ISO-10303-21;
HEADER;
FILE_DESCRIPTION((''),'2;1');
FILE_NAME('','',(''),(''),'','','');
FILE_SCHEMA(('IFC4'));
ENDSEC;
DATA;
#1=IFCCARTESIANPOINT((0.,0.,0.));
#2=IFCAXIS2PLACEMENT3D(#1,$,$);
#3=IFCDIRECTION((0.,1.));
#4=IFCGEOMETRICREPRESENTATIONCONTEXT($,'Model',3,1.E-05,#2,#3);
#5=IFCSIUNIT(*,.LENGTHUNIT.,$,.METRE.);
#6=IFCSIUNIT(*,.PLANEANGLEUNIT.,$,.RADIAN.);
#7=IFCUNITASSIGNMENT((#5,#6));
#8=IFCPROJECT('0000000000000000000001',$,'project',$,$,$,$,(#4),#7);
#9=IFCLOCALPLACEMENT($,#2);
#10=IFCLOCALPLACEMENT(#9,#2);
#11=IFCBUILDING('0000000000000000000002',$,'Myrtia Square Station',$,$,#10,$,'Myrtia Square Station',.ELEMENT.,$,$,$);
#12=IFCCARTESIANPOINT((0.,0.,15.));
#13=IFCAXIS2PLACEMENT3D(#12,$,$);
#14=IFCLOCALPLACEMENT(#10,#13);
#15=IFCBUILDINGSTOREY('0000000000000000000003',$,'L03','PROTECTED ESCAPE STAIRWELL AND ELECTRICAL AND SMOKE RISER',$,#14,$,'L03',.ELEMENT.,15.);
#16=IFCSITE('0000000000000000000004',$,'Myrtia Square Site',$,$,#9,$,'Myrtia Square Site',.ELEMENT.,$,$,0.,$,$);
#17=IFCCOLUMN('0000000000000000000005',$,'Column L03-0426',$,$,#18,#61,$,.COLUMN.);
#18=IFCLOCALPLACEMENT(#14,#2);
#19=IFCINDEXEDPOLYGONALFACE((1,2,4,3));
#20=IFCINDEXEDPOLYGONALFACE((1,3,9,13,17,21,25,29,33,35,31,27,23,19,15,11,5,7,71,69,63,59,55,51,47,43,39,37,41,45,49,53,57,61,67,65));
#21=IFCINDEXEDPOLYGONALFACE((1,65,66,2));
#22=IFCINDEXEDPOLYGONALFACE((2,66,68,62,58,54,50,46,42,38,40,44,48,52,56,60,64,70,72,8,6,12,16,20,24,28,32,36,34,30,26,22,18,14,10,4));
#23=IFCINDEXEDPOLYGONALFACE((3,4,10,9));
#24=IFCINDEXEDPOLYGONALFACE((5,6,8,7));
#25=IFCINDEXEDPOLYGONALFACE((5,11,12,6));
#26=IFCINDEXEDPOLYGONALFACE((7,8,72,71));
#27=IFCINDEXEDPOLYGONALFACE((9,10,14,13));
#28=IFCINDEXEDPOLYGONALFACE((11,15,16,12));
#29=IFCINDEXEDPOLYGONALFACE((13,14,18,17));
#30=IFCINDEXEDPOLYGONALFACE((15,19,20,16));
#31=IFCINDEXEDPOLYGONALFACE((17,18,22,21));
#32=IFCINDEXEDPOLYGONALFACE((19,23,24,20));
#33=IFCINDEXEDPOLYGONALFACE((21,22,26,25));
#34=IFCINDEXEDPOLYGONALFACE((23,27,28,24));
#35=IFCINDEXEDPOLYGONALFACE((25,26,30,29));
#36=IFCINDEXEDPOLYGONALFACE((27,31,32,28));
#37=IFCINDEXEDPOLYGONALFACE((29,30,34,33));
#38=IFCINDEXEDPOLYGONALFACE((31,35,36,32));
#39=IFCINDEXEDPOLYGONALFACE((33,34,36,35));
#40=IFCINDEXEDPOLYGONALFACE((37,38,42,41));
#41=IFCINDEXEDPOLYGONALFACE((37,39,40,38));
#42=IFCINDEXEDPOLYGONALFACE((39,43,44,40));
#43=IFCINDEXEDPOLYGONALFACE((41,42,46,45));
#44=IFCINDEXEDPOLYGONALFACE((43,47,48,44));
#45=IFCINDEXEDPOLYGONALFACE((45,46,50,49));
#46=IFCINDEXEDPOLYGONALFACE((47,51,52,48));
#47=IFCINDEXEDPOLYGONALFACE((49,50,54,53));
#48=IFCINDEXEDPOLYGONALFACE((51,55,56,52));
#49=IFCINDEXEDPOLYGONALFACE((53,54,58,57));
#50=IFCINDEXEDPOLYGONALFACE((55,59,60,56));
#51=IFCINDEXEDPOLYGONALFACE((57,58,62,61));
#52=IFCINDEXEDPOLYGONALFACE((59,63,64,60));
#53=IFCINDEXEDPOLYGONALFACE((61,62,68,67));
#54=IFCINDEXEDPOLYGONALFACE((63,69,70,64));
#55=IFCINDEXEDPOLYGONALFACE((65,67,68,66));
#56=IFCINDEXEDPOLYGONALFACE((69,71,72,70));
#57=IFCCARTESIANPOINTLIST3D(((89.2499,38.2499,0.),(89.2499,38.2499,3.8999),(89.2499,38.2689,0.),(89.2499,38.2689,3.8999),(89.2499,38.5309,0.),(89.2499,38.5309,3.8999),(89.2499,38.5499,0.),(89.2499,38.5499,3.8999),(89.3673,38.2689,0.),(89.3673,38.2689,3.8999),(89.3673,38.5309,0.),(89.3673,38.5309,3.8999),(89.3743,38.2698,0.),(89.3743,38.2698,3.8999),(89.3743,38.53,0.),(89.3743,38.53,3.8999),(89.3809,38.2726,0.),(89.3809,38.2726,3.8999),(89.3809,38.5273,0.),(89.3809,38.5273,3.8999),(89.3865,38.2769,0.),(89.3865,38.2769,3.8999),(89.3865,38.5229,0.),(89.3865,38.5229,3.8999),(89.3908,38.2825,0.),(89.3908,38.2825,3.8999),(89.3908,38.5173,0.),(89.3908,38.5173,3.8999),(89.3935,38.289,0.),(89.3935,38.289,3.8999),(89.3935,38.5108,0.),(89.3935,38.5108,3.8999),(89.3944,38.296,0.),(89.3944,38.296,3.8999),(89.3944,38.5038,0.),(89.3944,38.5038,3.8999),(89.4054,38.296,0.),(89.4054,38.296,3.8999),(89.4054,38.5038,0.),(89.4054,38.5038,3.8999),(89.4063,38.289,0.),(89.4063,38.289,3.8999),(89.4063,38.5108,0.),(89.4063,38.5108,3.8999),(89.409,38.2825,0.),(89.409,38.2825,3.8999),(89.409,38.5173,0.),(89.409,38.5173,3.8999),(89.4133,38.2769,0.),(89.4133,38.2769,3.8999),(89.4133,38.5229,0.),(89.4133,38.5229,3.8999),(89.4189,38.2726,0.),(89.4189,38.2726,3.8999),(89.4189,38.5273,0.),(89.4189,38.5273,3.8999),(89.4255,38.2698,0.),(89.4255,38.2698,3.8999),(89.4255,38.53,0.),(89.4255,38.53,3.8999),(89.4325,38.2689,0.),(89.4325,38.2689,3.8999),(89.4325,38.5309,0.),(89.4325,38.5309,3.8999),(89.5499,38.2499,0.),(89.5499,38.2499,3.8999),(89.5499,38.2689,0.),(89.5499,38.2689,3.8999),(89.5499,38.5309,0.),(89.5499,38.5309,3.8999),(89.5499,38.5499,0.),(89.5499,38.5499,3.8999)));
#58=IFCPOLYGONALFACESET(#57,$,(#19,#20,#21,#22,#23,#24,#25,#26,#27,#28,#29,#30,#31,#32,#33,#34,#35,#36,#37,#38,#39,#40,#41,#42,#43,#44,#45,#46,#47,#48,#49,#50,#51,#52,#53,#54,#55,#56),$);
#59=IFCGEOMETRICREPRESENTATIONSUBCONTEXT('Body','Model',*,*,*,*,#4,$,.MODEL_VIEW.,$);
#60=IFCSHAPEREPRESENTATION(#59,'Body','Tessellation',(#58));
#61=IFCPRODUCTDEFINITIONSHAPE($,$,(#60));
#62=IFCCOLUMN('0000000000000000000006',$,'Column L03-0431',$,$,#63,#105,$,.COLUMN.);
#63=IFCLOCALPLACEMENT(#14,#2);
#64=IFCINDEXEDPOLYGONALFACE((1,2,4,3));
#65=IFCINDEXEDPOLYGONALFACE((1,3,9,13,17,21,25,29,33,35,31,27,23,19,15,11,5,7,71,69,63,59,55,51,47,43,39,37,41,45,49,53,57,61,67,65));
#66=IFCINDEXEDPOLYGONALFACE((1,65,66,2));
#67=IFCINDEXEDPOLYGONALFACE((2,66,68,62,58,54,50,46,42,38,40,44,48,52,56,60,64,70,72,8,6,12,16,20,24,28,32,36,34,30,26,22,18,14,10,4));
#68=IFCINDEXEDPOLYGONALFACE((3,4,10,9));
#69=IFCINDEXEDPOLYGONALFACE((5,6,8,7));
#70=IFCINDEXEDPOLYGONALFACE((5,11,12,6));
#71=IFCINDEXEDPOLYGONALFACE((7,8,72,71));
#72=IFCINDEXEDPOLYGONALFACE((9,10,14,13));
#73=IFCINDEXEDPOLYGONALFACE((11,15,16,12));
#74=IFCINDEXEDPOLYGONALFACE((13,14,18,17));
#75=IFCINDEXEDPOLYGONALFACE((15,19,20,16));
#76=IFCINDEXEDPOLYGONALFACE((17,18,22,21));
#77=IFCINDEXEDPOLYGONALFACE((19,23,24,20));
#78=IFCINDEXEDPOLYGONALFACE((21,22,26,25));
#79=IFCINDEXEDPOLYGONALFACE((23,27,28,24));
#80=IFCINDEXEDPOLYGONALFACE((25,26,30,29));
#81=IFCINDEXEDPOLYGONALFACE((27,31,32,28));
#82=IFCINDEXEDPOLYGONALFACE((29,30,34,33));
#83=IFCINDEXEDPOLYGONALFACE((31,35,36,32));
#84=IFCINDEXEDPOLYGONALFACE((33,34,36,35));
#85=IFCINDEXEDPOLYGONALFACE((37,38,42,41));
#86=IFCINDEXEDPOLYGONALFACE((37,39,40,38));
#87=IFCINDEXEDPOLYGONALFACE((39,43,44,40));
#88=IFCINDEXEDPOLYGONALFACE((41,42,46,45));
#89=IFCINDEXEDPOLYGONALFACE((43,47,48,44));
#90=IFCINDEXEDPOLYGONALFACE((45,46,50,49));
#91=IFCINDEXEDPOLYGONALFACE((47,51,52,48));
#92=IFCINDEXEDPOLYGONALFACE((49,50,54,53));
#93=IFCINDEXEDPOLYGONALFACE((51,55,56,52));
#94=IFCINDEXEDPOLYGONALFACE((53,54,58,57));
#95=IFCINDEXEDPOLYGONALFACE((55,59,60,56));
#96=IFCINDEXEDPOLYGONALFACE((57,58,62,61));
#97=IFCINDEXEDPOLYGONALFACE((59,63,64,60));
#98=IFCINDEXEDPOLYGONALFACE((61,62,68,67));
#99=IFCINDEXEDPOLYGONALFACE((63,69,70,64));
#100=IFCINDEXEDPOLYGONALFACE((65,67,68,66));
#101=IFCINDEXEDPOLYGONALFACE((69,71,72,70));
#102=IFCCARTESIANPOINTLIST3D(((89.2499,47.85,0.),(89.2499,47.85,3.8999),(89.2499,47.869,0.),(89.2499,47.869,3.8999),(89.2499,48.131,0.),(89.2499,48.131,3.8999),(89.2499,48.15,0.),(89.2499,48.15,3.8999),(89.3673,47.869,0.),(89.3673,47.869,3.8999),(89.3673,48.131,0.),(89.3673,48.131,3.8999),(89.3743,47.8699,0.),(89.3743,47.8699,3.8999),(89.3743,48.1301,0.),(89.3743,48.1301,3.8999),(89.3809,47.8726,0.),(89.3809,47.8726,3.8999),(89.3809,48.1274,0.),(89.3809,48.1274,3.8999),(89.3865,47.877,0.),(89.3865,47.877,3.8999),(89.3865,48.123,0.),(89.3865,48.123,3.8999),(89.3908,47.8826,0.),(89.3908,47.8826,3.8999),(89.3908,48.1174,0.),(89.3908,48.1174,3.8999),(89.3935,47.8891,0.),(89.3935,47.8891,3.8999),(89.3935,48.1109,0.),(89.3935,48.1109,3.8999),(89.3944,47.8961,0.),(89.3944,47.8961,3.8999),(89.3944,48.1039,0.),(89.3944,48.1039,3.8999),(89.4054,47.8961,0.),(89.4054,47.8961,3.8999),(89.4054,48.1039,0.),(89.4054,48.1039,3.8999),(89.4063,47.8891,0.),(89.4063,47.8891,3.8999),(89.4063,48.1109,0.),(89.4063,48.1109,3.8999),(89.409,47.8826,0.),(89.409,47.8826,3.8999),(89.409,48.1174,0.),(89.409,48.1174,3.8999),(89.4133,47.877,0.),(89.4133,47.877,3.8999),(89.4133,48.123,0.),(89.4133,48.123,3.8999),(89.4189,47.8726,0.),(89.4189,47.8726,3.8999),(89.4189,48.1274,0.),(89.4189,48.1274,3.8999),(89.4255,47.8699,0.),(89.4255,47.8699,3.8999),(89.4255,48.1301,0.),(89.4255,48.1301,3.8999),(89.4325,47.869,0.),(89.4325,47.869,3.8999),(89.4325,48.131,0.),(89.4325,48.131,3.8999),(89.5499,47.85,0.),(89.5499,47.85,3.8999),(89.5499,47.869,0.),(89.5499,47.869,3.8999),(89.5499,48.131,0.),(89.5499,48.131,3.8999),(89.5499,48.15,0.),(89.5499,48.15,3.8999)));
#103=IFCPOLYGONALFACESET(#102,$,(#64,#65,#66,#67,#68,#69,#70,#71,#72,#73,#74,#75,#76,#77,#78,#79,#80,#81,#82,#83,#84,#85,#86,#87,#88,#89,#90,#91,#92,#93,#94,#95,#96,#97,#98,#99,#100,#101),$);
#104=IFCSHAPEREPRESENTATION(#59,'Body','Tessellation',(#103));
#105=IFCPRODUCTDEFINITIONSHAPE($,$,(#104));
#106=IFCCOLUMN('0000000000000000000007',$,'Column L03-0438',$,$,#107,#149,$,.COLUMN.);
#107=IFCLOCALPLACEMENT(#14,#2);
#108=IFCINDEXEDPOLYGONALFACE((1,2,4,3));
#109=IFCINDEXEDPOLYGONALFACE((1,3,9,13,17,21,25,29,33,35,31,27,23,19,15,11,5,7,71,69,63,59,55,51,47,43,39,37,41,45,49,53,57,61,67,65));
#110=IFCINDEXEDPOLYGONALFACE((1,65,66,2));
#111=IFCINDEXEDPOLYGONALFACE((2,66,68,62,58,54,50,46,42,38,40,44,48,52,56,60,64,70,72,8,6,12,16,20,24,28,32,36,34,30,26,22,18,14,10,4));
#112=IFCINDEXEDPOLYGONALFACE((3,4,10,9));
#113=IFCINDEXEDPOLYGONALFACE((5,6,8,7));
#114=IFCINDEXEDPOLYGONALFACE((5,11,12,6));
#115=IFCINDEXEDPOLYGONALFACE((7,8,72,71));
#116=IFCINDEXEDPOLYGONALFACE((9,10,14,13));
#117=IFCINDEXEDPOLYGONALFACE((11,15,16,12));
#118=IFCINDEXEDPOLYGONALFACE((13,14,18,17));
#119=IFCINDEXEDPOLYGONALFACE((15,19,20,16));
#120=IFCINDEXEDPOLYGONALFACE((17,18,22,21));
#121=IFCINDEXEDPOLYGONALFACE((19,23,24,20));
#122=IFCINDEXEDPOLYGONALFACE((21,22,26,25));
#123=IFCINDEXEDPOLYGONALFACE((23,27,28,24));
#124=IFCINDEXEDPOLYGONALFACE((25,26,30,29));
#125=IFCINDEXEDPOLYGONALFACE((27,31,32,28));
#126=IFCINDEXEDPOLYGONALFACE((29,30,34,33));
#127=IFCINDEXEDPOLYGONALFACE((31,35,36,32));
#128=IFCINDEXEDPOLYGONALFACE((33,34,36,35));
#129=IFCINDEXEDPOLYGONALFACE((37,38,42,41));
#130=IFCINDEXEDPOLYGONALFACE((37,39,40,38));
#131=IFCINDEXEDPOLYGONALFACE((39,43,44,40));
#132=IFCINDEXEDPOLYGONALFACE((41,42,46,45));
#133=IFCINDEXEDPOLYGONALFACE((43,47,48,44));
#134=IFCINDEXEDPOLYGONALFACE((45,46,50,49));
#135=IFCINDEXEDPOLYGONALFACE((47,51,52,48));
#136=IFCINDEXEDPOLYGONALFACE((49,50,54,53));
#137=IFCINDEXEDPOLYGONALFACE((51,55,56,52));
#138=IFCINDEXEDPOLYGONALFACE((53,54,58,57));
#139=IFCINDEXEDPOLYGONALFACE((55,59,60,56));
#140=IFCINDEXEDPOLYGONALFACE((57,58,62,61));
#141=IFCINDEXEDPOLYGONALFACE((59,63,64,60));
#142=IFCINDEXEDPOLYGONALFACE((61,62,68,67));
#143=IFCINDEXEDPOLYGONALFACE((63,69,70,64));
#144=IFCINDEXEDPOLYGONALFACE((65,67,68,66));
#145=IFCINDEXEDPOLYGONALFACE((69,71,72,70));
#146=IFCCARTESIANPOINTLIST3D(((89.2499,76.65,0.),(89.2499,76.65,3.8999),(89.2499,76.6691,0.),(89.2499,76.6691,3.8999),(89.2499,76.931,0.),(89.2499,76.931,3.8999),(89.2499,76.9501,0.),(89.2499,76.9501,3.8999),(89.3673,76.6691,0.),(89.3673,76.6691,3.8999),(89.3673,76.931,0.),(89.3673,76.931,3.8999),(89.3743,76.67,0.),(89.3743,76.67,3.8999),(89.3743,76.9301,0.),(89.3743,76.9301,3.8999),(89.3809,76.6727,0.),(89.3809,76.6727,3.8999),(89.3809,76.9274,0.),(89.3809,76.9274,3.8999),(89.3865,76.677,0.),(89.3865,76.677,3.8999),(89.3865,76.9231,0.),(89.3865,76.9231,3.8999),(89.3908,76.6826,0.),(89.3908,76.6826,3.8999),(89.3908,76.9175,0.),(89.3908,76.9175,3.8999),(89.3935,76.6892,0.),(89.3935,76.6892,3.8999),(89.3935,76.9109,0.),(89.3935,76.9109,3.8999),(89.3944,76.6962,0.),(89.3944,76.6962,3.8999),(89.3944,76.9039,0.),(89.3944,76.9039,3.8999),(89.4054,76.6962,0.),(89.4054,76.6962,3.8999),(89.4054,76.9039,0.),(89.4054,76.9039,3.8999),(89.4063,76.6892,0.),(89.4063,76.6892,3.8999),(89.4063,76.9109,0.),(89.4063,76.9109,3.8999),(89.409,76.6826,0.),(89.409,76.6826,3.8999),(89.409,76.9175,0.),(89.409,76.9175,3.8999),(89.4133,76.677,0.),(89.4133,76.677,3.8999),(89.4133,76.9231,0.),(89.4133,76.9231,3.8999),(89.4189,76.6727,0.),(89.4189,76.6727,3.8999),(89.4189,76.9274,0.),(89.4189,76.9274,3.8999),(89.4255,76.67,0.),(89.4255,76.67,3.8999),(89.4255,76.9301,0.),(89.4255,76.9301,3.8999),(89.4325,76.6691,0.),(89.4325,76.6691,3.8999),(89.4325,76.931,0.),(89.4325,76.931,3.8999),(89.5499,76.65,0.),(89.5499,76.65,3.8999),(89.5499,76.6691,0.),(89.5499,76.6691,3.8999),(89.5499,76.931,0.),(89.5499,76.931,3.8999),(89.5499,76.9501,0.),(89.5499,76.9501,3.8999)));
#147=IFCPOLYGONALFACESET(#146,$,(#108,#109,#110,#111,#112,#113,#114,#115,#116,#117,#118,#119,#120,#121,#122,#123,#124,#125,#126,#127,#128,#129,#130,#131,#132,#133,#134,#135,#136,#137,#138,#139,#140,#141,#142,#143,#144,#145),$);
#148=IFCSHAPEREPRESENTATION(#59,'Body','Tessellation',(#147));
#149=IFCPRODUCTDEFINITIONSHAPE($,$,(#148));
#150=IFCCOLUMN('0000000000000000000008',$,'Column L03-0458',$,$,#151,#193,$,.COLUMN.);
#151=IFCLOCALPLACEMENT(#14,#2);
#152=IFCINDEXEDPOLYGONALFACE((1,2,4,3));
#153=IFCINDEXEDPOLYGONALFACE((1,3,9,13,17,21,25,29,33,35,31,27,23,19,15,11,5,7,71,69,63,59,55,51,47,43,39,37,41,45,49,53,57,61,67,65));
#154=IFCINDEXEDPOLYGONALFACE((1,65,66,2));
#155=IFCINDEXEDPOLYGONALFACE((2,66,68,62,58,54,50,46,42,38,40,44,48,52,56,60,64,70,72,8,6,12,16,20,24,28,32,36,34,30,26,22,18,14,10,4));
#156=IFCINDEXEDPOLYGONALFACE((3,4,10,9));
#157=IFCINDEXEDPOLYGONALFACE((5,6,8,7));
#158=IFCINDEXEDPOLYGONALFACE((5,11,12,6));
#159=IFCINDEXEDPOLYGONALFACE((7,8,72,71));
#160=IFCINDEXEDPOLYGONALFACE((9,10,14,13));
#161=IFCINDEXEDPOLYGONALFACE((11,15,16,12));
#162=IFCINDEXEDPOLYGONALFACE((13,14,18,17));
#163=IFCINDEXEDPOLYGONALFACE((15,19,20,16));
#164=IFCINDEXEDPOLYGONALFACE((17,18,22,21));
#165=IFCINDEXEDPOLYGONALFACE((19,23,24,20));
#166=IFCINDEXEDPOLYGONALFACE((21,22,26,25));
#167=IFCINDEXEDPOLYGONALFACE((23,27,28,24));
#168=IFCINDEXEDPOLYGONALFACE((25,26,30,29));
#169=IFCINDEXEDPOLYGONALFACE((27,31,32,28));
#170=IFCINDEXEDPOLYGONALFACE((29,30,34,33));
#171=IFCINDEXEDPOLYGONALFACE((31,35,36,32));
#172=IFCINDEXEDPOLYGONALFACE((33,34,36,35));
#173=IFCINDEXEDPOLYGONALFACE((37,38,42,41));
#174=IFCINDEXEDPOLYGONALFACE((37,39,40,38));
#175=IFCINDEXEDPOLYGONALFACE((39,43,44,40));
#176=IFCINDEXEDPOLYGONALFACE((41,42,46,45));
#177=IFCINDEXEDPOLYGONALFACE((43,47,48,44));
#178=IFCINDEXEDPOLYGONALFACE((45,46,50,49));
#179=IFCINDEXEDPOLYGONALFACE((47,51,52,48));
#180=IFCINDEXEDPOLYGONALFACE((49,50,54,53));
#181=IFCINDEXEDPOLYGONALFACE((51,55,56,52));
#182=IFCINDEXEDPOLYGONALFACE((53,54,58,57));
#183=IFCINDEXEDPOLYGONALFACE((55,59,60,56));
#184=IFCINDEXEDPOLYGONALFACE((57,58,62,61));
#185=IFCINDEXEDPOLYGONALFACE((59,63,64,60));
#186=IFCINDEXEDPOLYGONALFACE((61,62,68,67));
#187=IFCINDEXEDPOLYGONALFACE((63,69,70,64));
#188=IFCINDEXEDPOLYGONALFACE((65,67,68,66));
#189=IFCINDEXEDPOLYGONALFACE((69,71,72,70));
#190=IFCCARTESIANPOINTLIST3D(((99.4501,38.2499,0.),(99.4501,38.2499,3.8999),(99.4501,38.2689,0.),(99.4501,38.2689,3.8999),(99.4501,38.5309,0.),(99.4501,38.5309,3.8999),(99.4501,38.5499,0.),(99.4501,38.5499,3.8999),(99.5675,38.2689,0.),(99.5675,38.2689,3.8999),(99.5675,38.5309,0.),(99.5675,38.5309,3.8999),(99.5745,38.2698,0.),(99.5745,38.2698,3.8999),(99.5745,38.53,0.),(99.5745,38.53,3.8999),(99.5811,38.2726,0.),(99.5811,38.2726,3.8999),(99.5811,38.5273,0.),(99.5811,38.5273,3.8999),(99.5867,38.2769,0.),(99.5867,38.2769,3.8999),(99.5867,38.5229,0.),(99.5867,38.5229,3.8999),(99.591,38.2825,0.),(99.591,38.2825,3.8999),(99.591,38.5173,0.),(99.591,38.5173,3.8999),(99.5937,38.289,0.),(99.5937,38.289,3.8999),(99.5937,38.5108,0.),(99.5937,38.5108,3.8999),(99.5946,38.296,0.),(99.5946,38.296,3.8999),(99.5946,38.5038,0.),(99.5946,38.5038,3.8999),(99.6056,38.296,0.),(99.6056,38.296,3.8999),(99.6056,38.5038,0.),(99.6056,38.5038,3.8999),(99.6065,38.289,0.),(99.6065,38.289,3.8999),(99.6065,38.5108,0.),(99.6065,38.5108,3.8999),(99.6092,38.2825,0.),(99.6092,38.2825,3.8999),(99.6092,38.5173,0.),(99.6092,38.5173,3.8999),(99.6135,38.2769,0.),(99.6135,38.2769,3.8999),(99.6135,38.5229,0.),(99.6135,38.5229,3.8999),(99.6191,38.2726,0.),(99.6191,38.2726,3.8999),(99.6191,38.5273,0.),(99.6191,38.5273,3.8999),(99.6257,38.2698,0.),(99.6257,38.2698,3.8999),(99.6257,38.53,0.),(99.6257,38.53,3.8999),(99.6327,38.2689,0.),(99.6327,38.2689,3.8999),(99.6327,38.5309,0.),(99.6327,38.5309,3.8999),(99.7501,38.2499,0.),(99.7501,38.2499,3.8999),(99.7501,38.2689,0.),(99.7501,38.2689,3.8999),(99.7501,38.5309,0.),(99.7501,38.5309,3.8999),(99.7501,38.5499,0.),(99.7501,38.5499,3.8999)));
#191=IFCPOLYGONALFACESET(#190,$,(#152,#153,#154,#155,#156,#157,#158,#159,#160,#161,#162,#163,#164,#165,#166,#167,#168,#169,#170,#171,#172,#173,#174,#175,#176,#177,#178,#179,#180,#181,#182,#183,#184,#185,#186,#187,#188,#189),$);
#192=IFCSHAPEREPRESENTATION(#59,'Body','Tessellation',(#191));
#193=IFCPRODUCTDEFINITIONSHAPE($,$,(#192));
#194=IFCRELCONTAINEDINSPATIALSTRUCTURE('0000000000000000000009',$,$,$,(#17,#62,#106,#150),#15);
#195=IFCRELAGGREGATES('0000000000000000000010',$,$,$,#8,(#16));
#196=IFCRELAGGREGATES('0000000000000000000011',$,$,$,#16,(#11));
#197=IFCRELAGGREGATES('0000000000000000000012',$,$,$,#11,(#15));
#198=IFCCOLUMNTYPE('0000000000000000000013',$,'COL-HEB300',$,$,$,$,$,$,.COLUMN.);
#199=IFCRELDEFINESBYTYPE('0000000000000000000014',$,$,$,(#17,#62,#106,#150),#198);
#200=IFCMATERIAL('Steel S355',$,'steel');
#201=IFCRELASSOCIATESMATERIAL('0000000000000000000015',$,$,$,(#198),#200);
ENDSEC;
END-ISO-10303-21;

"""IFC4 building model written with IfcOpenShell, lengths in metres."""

from ifc_helpers import new_model, si_unit, direction, frame, origin, origin_2d, place, context, subcontext, project, spatial, i_section, extrude, material, material_profile, profile_set, type_object, element, save


model = new_model("IFC4")

# Units and contexts
model_context = context("Model", 3, precision=1e-05, world=origin(), true_north=direction((0.0, 1.0)))
body_context = subcontext(model_context, "Body", "Model", "MODEL_VIEW")
ifc_project = project(units=[si_unit("LENGTHUNIT", "METRE"), si_unit("PLANEANGLEUNIT", "RADIAN")], contexts=[model_context])

# Site, building, storey
site_placement = place(None, origin())
site = spatial("IfcSite", under=ifc_project, at=site_placement, Name="Myrtia Square Site", LongName="Myrtia Square Site", CompositionType="ELEMENT", RefElevation=0.0)
building_placement = place(site_placement, origin())
building = spatial("IfcBuilding", under=site, at=building_placement, Name="Myrtia Square Station", LongName="Myrtia Square Station", CompositionType="ELEMENT")
storey_placement = place(building_placement, frame((0.0, 0.0, 15.0)))
storey = spatial("IfcBuildingStorey", under=building, at=storey_placement, Name="L03", Description="PROTECTED ESCAPE STAIRWELL AND ELECTRICAL AND SMOKE RISER", LongName="L03", CompositionType="ELEMENT", Elevation=15.0)

# Columns
ifc_material_1 = material(Name="Steel S355", Category="steel")
ifc_material_profile = material_profile(ifc_material_1, i_section(OverallWidth=0.3, OverallDepth=0.3, WebThickness=0.011, FlangeThickness=0.019, FilletRadius=0.0271, at=origin_2d()), Name="HEB 300")
ifc_profile_set = profile_set([ifc_material_profile], Name="Steel S355")
column_type = type_object("IfcColumnType", Name="COL-HEB300", PredefinedType="COLUMN", material=ifc_profile_set)
for number, where, z_axis, x_axis, name in (
    (1, (89.3999, 38.3999, 0.0), (0.0, 0.0, 1.0), (1.0, 0.0, 0.0), "Column L03-0426"),
    (2, (89.3999, 48.0, 0.0), (0.0, 0.0, 1.0), (1.0, 0.0, 0.0), "Column L03-0431"),
    (3, (89.3999, 76.8, 0.0), (0.0, 0.0, 1.0), (1.0, 0.0, 0.0), "Column L03-0438"),
    (4, (99.6001, 38.3999, 0.0), (0.0, 0.0, 1.0), (1.0, 0.0, 0.0), "Column L03-0458"),
):
    element("IfcColumn", number, at=place(storey_placement, frame(where, z_axis=z_axis, x_axis=x_axis)), inside=storey, type_object=column_type, Name=name, PredefinedType="COLUMN", context=body_context, shape_type="SweptSolid", body=[
        extrude(i_section(OverallWidth=0.3, OverallDepth=0.3, WebThickness=0.011, FlangeThickness=0.019, FilletRadius=0.0271, at=origin_2d()), origin(), (0.0, 0.0, 1.0), 3.8999),
    ])

save(model, "model.ifc")
